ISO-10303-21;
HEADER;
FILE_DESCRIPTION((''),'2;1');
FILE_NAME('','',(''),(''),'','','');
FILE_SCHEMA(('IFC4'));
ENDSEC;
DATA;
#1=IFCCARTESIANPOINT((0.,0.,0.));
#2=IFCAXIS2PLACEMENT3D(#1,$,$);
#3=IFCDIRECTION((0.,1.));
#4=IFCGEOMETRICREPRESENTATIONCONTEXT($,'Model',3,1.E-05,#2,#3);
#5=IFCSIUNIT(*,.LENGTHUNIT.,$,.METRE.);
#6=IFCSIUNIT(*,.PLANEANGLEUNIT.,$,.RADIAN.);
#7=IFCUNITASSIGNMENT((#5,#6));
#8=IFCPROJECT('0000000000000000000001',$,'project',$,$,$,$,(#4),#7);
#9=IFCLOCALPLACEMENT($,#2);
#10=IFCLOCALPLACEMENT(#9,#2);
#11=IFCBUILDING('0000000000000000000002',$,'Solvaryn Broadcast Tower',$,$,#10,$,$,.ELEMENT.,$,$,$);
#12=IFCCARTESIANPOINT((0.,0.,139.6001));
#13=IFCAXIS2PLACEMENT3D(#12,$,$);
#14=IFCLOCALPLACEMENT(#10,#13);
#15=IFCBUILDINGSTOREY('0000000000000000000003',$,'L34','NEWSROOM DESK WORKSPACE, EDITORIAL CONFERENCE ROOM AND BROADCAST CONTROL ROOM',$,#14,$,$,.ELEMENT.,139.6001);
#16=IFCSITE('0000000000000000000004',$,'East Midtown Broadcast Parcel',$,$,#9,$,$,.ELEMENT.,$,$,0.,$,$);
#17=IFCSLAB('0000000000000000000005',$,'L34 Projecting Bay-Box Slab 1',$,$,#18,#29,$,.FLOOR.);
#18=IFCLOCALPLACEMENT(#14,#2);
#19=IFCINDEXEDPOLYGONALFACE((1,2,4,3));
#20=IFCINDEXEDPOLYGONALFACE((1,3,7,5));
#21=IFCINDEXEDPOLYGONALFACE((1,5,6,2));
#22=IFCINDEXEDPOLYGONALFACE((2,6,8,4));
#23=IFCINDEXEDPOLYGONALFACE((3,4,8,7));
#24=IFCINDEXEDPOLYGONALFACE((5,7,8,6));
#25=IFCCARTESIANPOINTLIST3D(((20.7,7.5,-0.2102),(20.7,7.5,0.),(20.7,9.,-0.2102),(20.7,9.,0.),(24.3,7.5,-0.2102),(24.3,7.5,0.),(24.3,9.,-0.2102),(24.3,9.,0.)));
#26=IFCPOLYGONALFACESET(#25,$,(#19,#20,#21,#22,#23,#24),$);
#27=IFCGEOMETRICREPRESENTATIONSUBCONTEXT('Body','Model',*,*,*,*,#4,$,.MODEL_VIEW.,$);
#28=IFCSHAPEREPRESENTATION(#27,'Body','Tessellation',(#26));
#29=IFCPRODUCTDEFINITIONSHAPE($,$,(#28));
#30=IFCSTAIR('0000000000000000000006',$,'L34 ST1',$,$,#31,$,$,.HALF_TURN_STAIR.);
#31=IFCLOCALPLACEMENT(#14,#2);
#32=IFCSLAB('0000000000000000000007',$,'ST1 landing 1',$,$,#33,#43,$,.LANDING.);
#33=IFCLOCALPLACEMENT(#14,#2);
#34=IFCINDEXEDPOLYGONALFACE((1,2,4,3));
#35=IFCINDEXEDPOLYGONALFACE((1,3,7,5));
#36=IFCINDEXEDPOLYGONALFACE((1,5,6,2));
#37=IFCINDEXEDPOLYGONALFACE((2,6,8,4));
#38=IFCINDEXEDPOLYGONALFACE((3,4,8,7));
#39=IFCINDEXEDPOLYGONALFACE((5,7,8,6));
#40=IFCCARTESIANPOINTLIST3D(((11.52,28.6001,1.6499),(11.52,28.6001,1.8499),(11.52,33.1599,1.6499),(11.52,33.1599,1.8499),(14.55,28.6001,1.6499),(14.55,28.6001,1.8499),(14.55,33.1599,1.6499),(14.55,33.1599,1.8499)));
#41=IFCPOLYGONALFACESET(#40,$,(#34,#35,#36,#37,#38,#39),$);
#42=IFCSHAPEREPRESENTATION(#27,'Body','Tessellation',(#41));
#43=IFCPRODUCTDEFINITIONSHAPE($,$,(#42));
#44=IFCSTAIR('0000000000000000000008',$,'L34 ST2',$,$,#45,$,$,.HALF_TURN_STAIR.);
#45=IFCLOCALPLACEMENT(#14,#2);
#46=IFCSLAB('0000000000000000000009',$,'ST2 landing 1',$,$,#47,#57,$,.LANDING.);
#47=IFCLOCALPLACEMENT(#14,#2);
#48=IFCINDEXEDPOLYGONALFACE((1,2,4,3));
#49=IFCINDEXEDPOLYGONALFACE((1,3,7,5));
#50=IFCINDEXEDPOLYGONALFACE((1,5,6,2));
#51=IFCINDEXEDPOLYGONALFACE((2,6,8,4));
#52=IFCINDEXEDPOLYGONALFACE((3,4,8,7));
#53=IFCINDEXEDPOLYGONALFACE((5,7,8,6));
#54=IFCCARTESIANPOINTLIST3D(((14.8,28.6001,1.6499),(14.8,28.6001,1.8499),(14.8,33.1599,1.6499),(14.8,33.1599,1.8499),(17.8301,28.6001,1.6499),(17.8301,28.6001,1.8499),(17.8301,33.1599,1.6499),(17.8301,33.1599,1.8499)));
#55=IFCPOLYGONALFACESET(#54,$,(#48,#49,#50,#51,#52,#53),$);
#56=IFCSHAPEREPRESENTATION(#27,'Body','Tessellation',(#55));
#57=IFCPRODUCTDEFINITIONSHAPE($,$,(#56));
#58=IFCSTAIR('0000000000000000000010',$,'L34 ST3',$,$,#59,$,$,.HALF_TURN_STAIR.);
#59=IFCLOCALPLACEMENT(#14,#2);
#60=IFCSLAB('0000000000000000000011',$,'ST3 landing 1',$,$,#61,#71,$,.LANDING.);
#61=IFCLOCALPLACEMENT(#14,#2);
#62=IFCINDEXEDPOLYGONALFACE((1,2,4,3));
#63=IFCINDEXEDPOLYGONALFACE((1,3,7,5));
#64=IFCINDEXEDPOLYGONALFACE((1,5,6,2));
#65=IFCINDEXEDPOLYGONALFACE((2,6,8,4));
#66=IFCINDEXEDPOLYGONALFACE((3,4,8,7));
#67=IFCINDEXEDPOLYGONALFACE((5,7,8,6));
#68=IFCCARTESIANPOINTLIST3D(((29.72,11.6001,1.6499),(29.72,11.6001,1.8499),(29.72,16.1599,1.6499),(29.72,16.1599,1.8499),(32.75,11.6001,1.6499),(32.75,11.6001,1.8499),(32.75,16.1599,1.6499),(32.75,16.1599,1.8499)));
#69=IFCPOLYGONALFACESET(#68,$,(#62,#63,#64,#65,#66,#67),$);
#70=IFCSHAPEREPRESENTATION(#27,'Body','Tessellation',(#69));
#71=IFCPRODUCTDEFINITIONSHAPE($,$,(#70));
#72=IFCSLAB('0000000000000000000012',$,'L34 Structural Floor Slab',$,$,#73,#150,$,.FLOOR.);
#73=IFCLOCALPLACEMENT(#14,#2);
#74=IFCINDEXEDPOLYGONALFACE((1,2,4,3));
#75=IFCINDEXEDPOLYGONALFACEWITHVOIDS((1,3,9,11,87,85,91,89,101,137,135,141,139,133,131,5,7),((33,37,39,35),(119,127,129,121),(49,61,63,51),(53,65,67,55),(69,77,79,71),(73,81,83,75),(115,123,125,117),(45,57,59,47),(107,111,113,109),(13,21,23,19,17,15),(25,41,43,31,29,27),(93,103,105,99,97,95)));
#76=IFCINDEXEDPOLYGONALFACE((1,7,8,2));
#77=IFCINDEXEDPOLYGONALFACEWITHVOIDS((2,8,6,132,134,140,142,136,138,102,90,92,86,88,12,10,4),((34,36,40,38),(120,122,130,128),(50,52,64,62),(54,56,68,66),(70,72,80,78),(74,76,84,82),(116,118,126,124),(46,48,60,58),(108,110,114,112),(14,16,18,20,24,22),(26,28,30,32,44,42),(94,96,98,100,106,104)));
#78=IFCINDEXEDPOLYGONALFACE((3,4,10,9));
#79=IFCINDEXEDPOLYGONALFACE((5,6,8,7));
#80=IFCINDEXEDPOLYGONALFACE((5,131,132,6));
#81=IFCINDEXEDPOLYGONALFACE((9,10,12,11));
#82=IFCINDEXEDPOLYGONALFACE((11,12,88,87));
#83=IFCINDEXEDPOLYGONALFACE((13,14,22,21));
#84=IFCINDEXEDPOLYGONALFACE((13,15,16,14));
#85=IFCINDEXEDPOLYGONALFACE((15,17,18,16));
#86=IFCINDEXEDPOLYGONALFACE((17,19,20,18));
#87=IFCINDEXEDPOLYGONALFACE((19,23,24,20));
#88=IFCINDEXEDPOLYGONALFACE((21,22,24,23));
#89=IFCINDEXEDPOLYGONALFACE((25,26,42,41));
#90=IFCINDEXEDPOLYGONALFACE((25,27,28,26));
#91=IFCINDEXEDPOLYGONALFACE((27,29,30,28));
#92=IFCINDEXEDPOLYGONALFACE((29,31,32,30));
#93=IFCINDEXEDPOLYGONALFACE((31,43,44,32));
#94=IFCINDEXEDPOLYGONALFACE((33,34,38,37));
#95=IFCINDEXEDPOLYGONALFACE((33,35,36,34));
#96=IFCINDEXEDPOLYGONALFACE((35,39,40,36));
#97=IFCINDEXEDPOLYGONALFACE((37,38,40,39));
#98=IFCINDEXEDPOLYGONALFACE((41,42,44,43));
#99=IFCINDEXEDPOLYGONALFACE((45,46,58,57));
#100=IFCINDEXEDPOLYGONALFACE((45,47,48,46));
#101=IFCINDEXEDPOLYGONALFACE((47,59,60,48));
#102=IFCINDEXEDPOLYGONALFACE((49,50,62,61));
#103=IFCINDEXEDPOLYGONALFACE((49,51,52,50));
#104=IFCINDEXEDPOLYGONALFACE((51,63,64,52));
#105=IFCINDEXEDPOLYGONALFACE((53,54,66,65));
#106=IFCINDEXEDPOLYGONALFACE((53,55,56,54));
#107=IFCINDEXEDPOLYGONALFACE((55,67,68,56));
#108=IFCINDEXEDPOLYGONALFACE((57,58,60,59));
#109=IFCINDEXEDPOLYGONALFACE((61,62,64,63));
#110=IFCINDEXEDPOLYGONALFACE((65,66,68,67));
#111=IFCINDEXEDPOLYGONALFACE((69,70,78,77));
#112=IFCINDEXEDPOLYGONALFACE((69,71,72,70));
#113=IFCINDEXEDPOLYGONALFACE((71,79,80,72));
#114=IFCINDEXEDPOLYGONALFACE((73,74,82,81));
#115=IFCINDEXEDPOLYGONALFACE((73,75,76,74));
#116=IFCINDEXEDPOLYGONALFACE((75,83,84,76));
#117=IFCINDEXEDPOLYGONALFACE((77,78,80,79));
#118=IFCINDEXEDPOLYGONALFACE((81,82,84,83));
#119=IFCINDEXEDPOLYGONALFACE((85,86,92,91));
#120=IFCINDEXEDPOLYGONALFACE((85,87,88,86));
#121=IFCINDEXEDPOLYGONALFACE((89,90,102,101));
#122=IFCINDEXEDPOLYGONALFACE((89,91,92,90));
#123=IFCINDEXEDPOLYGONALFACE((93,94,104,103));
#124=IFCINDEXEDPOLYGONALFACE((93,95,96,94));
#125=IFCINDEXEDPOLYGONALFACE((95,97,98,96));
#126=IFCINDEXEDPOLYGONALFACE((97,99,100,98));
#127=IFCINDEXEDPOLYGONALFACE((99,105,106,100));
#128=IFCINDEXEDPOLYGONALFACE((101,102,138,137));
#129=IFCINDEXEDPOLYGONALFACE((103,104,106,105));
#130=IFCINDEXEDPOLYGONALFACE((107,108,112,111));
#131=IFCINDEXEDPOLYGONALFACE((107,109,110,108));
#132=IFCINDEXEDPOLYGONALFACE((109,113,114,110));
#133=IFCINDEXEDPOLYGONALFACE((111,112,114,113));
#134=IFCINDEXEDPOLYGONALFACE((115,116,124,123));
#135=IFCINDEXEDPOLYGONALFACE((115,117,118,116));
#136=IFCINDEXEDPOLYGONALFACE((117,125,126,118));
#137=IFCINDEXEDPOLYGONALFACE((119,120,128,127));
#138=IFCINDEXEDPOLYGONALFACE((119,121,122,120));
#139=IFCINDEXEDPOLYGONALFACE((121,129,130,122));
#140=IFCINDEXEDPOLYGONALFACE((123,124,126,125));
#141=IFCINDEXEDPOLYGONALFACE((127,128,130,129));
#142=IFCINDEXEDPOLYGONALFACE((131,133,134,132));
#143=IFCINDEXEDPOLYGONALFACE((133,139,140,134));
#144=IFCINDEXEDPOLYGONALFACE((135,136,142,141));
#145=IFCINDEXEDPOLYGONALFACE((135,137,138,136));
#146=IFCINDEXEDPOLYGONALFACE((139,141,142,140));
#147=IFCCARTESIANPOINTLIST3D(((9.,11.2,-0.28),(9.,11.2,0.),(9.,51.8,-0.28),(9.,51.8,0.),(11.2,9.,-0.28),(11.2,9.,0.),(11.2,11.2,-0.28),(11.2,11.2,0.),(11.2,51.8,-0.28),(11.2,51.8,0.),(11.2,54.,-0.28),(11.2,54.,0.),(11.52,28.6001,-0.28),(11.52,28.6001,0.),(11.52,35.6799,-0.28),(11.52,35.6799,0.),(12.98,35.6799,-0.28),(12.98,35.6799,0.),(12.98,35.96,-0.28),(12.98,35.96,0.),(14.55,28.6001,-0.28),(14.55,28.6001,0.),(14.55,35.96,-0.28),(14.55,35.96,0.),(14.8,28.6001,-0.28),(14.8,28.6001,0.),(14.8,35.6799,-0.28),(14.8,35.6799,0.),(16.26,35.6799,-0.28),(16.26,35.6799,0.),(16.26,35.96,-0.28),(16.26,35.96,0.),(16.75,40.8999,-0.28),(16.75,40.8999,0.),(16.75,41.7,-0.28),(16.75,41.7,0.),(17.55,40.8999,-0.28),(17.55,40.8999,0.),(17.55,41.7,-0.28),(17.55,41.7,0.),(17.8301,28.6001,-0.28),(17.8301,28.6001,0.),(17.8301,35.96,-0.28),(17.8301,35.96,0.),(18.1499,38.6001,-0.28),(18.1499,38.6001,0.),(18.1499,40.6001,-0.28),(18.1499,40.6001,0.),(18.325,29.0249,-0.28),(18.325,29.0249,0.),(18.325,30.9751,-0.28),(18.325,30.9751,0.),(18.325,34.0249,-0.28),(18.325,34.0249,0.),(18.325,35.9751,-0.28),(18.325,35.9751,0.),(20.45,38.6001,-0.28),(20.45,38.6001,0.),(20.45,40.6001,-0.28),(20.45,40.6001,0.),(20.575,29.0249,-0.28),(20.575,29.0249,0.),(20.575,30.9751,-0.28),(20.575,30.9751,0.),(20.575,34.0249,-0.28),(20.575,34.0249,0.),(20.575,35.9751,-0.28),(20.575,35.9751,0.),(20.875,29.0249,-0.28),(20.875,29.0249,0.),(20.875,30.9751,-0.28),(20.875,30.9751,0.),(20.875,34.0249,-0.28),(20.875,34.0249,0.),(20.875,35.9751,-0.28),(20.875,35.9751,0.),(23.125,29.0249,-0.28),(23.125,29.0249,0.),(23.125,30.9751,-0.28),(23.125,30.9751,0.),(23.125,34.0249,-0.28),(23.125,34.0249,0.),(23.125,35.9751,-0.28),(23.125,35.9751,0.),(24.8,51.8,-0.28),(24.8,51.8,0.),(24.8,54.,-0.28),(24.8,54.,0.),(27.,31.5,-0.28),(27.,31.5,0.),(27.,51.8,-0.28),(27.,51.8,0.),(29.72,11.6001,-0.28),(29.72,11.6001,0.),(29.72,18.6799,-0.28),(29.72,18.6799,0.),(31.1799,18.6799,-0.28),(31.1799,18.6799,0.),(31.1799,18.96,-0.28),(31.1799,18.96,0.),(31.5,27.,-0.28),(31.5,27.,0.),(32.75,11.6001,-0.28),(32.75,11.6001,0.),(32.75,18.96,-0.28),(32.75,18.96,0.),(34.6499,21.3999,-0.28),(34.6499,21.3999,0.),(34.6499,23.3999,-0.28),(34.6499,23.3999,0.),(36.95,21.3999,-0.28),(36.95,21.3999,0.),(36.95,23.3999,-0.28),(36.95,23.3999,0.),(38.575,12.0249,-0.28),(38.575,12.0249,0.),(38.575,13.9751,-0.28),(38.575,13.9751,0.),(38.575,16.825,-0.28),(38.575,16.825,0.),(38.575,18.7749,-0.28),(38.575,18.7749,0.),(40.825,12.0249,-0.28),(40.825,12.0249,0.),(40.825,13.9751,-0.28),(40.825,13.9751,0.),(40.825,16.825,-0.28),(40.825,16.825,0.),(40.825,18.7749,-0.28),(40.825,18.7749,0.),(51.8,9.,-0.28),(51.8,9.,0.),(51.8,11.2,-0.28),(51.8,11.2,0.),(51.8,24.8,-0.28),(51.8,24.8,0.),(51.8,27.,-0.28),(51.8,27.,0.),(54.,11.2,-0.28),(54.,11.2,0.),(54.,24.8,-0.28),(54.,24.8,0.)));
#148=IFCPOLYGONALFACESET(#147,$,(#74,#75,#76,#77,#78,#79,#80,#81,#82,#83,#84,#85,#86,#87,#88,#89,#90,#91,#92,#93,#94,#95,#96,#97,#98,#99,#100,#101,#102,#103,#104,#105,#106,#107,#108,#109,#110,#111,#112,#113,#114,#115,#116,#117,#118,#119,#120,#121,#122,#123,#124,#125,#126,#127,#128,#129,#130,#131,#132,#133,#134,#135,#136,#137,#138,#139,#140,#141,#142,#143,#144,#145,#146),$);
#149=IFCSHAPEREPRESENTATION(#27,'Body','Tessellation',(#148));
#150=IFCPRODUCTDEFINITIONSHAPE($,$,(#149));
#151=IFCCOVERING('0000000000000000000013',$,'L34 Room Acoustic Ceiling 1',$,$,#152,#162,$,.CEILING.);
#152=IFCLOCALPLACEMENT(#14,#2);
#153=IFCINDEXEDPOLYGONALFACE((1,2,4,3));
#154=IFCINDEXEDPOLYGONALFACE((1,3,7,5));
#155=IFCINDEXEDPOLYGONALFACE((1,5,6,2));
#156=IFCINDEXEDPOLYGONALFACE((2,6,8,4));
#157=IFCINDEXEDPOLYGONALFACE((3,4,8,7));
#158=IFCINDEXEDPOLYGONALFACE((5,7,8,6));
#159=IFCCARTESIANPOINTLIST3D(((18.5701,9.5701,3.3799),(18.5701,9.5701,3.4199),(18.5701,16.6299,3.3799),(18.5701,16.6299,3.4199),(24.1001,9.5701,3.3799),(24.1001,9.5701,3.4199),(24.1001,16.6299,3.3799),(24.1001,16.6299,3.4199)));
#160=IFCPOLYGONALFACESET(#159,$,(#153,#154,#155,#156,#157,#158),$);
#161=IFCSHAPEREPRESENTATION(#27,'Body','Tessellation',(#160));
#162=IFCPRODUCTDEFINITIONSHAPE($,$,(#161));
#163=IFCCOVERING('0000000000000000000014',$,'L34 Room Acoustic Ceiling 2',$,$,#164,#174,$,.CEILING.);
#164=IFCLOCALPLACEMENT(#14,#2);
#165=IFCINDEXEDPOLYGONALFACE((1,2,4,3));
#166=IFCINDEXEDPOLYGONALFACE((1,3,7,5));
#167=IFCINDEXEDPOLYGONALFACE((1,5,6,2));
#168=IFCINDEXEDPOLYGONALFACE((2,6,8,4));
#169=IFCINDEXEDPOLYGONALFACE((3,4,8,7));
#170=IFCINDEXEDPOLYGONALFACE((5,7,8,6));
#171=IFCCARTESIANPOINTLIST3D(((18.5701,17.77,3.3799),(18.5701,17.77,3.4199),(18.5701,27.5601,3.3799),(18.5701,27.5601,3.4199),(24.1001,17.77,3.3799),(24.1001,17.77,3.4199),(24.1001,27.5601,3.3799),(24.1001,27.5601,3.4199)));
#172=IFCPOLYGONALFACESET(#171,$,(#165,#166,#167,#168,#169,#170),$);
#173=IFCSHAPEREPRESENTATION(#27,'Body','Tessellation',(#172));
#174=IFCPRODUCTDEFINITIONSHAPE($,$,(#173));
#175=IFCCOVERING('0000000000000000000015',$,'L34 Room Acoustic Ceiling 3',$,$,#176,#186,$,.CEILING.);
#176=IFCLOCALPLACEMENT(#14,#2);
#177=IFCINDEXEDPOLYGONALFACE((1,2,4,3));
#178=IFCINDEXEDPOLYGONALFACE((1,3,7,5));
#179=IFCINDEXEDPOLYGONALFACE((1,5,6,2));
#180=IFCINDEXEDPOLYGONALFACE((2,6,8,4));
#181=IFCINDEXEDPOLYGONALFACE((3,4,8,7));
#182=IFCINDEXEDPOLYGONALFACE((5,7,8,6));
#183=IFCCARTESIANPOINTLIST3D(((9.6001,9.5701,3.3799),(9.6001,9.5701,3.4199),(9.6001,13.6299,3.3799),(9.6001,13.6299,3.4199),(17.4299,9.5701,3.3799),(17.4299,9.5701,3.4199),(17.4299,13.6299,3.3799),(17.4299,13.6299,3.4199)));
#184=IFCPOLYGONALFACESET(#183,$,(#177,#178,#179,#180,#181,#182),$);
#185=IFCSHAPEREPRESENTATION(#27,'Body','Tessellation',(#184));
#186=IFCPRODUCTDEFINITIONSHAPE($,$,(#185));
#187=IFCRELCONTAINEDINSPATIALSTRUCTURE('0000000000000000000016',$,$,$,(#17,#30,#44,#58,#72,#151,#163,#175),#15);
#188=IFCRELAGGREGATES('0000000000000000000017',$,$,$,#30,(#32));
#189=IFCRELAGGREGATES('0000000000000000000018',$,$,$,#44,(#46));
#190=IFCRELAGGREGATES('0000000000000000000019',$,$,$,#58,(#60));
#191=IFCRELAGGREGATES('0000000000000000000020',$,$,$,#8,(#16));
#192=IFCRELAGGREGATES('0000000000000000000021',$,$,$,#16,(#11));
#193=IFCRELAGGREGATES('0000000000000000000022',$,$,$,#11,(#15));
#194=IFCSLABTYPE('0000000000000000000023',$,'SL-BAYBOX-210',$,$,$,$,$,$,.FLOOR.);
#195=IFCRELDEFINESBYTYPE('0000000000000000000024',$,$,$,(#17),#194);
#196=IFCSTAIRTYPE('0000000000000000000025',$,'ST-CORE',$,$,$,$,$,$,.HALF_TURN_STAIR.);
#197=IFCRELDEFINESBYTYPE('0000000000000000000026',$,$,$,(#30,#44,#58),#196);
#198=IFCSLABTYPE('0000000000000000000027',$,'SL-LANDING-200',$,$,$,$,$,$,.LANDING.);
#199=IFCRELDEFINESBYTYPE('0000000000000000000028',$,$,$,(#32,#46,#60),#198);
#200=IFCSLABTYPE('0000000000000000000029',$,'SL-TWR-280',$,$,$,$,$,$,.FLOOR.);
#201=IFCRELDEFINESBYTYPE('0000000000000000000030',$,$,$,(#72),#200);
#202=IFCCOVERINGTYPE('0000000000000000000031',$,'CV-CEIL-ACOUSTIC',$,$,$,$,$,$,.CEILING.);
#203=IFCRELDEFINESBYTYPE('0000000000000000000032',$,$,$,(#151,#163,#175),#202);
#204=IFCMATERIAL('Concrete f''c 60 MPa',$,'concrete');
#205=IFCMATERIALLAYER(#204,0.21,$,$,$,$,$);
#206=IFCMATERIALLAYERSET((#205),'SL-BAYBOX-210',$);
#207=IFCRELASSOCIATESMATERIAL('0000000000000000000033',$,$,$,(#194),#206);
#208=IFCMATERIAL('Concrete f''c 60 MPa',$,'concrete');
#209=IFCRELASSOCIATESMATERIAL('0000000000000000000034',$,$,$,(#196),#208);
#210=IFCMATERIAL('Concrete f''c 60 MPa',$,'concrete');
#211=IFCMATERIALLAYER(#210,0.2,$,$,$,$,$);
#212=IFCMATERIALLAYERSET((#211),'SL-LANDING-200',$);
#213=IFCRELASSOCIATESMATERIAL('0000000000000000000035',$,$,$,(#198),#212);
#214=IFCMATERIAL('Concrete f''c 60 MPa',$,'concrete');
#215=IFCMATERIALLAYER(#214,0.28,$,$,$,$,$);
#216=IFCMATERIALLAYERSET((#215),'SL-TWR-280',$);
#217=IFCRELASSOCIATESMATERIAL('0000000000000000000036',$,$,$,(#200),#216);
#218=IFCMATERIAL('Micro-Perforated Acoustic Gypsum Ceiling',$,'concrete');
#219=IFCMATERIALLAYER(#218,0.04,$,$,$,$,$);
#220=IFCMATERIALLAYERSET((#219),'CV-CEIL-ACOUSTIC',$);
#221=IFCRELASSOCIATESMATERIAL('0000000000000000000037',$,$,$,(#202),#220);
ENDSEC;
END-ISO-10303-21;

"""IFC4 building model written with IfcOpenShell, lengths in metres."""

from ifc_helpers import new_model, si_unit, direction, frame, origin, place, context, subcontext, project, spatial, polyline, outline, extrude, material, layer, layer_set, type_object, element, aggregate, save


model = new_model("IFC4")

# Units and contexts
model_context = context("Model", 3, precision=1e-05, world=origin(), true_north=direction((0.0, 1.0)))
body_context = subcontext(model_context, "Body", "Model", "MODEL_VIEW")
ifc_project = project(units=[si_unit("LENGTHUNIT", "METRE"), si_unit("PLANEANGLEUNIT", "RADIAN")], contexts=[model_context])

# Site, building, storey
site_placement = place(None, origin())
site = spatial("IfcSite", under=ifc_project, at=site_placement, Name="East Midtown Broadcast Parcel", CompositionType="ELEMENT", RefElevation=0.0)
building_placement = place(site_placement, origin())
building = spatial("IfcBuilding", under=site, at=building_placement, Name="Solvaryn Broadcast Tower", CompositionType="ELEMENT")
storey_placement = place(building_placement, frame((0.0, 0.0, 139.6001)))
storey = spatial("IfcBuildingStorey", under=building, at=storey_placement, Name="L34", Description="NEWSROOM DESK WORKSPACE, EDITORIAL CONFERENCE ROOM AND BROADCAST CONTROL ROOM", CompositionType="ELEMENT", Elevation=139.6001)

# Slab
ifc_material_1 = material(Name="Concrete f'c 60 MPa", Category="concrete")
ifc_layer_1 = layer(ifc_material_1, 0.21)
ifc_layer_set_1 = layer_set([ifc_layer_1], Name="SL-BAYBOX-210")
slab_type_1 = type_object("IfcSlabType", Name="SL-BAYBOX-210", PredefinedType="FLOOR", material=ifc_layer_set_1)
slab_1_placement = place(storey_placement, frame((0.0, 0.0, -0.2102)))
element("IfcSlab", 1, at=slab_1_placement, inside=storey, type_object=slab_type_1, Name="L34 Projecting Bay-Box Slab 1", PredefinedType="FLOOR", context=body_context, shape_type="SweptSolid", body=[
    extrude(outline(polyline([(20.7, 7.5), (24.3, 7.5), (24.3, 9.0), (20.7, 9.0), (20.7, 7.5)])), origin(), (0.0, 0.0, 1.0), 0.2102),
])

# Stairs, slabs
ifc_material_2 = material(Name="Concrete f'c 60 MPa", Category="concrete")
stair_type = type_object("IfcStairType", Name="ST-CORE", PredefinedType="HALF_TURN_STAIR", material=ifc_material_2)
stair_1_placement = place(storey_placement, origin())
stair_1 = element("IfcStair", 2, at=stair_1_placement, inside=storey, type_object=stair_type, Name="L34 ST1", PredefinedType="HALF_TURN_STAIR")
ifc_material_3 = material(Name="Concrete f'c 60 MPa", Category="concrete")
ifc_layer_2 = layer(ifc_material_3, 0.2)
ifc_layer_set_2 = layer_set([ifc_layer_2], Name="SL-LANDING-200")
slab_type_2 = type_object("IfcSlabType", Name="SL-LANDING-200", PredefinedType="LANDING", material=ifc_layer_set_2)
slab_2_placement = place(storey_placement, frame((0.0, 0.0, 1.6499)))
slab_2 = element("IfcSlab", 3, at=slab_2_placement, type_object=slab_type_2, Name="ST1 landing 1", PredefinedType="LANDING", context=body_context, shape_type="SweptSolid", body=[
    extrude(outline(polyline([(11.52, 33.1599), (11.52, 28.6001), (14.55, 28.6001), (14.55, 33.1599), (11.52, 33.1599)])), origin(), (0.0, 0.0, 1.0), 0.2),
])
aggregate(stair_1, [slab_2])
stair_2_placement = place(storey_placement, origin())
stair_2 = element("IfcStair", 4, at=stair_2_placement, inside=storey, type_object=stair_type, Name="L34 ST2", PredefinedType="HALF_TURN_STAIR")
slab_3_placement = place(storey_placement, frame((0.0, 0.0, 1.6499)))
slab_3 = element("IfcSlab", 5, at=slab_3_placement, type_object=slab_type_2, Name="ST2 landing 1", PredefinedType="LANDING", context=body_context, shape_type="SweptSolid", body=[
    extrude(outline(polyline([(14.8, 33.1599), (14.8, 28.6001), (17.8301, 28.6001), (17.8301, 33.1599), (14.8, 33.1599)])), origin(), (0.0, 0.0, 1.0), 0.2),
])
aggregate(stair_2, [slab_3])
stair_3_placement = place(storey_placement, origin())
stair_3 = element("IfcStair", 6, at=stair_3_placement, inside=storey, type_object=stair_type, Name="L34 ST3", PredefinedType="HALF_TURN_STAIR")
slab_4_placement = place(storey_placement, frame((0.0, 0.0, 1.6499)))
slab_4 = element("IfcSlab", 7, at=slab_4_placement, type_object=slab_type_2, Name="ST3 landing 1", PredefinedType="LANDING", context=body_context, shape_type="SweptSolid", body=[
    extrude(outline(polyline([(29.72, 16.1599), (29.72, 11.6001), (32.75, 11.6001), (32.75, 16.1599), (29.72, 16.1599)])), origin(), (0.0, 0.0, 1.0), 0.2),
])
aggregate(stair_3, [slab_4])

# Slab
ifc_material_4 = material(Name="Concrete f'c 60 MPa", Category="concrete")
ifc_layer_3 = layer(ifc_material_4, 0.28)
ifc_layer_set_3 = layer_set([ifc_layer_3], Name="SL-TWR-280")
slab_type_3 = type_object("IfcSlabType", Name="SL-TWR-280", PredefinedType="FLOOR", material=ifc_layer_set_3)
slab_5_placement = place(storey_placement, frame((0.0, 0.0, -0.28)))
element("IfcSlab", 8, at=slab_5_placement, inside=storey, type_object=slab_type_3, Name="L34 Structural Floor Slab", PredefinedType="FLOOR", context=body_context, shape_type="SweptSolid", body=[
    extrude(outline(polyline([(11.2, 9.0), (51.8, 9.0), (51.8, 11.2), (54.0, 11.2), (54.0, 24.8), (51.8, 24.8), (51.8, 27.0), (31.5, 27.0), (27.0, 31.5), (27.0, 51.8), (24.8, 51.8), (24.8, 54.0), (11.2, 54.0), (11.2, 51.8), (9.0, 51.8), (9.0, 11.2), (11.2, 11.2), (11.2, 9.0)]), holes=[polyline([(11.52, 28.6001), (14.55, 28.6001), (14.55, 35.96), (12.98, 35.96), (12.98, 35.6799), (11.52, 35.6799), (11.52, 28.6001)]), polyline([(14.8, 28.6001), (17.8301, 28.6001), (17.8301, 35.96), (16.26, 35.96), (16.26, 35.6799), (14.8, 35.6799), (14.8, 28.6001)]), polyline([(29.72, 11.6001), (32.75, 11.6001), (32.75, 18.96), (31.1799, 18.96), (31.1799, 18.6799), (29.72, 18.6799), (29.72, 11.6001)]), polyline([(18.1499, 38.6001), (20.45, 38.6001), (20.45, 40.6001), (18.1499, 40.6001), (18.1499, 38.6001)]), polyline([(18.325, 29.0249), (20.575, 29.0249), (20.575, 30.9751), (18.325, 30.9751), (18.325, 29.0249)]), polyline([(20.875, 29.0249), (23.125, 29.0249), (23.125, 30.9751), (20.875, 30.9751), (20.875, 29.0249)]), polyline([(18.325, 34.0249), (20.575, 34.0249), (20.575, 35.9751), (18.325, 35.9751), (18.325, 34.0249)]), polyline([(20.875, 34.0249), (23.125, 34.0249), (23.125, 35.9751), (20.875, 35.9751), (20.875, 34.0249)]), polyline([(34.6499, 21.3999), (36.95, 21.3999), (36.95, 23.3999), (34.6499, 23.3999), (34.6499, 21.3999)]), polyline([(38.575, 12.0249), (40.825, 12.0249), (40.825, 13.9751), (38.575, 13.9751), (38.575, 12.0249)]), polyline([(38.575, 16.825), (40.825, 16.825), (40.825, 18.7749), (38.575, 18.7749), (38.575, 16.825)]), polyline([(16.75, 40.8999), (17.55, 40.8999), (17.55, 41.7), (16.75, 41.7), (16.75, 40.8999)])]), origin(), (0.0, 0.0, 1.0), 0.28),
])

# Coverings
ifc_material_5 = material(Name="Micro-Perforated Acoustic Gypsum Ceiling", Category="concrete")
ifc_layer_4 = layer(ifc_material_5, 0.04)
ifc_layer_set_4 = layer_set([ifc_layer_4], Name="CV-CEIL-ACOUSTIC")
covering_type_1 = type_object("IfcCoveringType", Name="CV-CEIL-ACOUSTIC", PredefinedType="CEILING", material=ifc_layer_set_4)
covering_1_placement = place(storey_placement, frame((0.0, 0.0, 3.3799)))
element("IfcCovering", 9, at=covering_1_placement, inside=storey, type_object=covering_type_1, Name="L34 Room Acoustic Ceiling 1", PredefinedType="CEILING", context=body_context, shape_type="SweptSolid", body=[
    extrude(outline(polyline([(18.5701, 9.5701), (24.1001, 9.5701), (24.1001, 16.6299), (18.5701, 16.6299), (18.5701, 9.5701)])), origin(), (0.0, 0.0, 1.0), 0.04),
])
covering_2_placement = place(storey_placement, frame((0.0, 0.0, 3.3799)))
element("IfcCovering", 10, at=covering_2_placement, inside=storey, type_object=covering_type_1, Name="L34 Room Acoustic Ceiling 2", PredefinedType="CEILING", context=body_context, shape_type="SweptSolid", body=[
    extrude(outline(polyline([(18.5701, 17.77), (24.1001, 17.77), (24.1001, 27.5601), (18.5701, 27.5601), (18.5701, 17.77)])), origin(), (0.0, 0.0, 1.0), 0.04),
])
covering_3_placement = place(storey_placement, frame((0.0, 0.0, 3.3799)))
element("IfcCovering", 11, at=covering_3_placement, inside=storey, type_object=covering_type_1, Name="L34 Room Acoustic Ceiling 3", PredefinedType="CEILING", context=body_context, shape_type="SweptSolid", body=[
    extrude(outline(polyline([(9.6001, 9.5701), (17.4299, 9.5701), (17.4299, 13.6299), (9.6001, 13.6299), (9.6001, 9.5701)])), origin(), (0.0, 0.0, 1.0), 0.04),
])

save(model, "model.ifc")
